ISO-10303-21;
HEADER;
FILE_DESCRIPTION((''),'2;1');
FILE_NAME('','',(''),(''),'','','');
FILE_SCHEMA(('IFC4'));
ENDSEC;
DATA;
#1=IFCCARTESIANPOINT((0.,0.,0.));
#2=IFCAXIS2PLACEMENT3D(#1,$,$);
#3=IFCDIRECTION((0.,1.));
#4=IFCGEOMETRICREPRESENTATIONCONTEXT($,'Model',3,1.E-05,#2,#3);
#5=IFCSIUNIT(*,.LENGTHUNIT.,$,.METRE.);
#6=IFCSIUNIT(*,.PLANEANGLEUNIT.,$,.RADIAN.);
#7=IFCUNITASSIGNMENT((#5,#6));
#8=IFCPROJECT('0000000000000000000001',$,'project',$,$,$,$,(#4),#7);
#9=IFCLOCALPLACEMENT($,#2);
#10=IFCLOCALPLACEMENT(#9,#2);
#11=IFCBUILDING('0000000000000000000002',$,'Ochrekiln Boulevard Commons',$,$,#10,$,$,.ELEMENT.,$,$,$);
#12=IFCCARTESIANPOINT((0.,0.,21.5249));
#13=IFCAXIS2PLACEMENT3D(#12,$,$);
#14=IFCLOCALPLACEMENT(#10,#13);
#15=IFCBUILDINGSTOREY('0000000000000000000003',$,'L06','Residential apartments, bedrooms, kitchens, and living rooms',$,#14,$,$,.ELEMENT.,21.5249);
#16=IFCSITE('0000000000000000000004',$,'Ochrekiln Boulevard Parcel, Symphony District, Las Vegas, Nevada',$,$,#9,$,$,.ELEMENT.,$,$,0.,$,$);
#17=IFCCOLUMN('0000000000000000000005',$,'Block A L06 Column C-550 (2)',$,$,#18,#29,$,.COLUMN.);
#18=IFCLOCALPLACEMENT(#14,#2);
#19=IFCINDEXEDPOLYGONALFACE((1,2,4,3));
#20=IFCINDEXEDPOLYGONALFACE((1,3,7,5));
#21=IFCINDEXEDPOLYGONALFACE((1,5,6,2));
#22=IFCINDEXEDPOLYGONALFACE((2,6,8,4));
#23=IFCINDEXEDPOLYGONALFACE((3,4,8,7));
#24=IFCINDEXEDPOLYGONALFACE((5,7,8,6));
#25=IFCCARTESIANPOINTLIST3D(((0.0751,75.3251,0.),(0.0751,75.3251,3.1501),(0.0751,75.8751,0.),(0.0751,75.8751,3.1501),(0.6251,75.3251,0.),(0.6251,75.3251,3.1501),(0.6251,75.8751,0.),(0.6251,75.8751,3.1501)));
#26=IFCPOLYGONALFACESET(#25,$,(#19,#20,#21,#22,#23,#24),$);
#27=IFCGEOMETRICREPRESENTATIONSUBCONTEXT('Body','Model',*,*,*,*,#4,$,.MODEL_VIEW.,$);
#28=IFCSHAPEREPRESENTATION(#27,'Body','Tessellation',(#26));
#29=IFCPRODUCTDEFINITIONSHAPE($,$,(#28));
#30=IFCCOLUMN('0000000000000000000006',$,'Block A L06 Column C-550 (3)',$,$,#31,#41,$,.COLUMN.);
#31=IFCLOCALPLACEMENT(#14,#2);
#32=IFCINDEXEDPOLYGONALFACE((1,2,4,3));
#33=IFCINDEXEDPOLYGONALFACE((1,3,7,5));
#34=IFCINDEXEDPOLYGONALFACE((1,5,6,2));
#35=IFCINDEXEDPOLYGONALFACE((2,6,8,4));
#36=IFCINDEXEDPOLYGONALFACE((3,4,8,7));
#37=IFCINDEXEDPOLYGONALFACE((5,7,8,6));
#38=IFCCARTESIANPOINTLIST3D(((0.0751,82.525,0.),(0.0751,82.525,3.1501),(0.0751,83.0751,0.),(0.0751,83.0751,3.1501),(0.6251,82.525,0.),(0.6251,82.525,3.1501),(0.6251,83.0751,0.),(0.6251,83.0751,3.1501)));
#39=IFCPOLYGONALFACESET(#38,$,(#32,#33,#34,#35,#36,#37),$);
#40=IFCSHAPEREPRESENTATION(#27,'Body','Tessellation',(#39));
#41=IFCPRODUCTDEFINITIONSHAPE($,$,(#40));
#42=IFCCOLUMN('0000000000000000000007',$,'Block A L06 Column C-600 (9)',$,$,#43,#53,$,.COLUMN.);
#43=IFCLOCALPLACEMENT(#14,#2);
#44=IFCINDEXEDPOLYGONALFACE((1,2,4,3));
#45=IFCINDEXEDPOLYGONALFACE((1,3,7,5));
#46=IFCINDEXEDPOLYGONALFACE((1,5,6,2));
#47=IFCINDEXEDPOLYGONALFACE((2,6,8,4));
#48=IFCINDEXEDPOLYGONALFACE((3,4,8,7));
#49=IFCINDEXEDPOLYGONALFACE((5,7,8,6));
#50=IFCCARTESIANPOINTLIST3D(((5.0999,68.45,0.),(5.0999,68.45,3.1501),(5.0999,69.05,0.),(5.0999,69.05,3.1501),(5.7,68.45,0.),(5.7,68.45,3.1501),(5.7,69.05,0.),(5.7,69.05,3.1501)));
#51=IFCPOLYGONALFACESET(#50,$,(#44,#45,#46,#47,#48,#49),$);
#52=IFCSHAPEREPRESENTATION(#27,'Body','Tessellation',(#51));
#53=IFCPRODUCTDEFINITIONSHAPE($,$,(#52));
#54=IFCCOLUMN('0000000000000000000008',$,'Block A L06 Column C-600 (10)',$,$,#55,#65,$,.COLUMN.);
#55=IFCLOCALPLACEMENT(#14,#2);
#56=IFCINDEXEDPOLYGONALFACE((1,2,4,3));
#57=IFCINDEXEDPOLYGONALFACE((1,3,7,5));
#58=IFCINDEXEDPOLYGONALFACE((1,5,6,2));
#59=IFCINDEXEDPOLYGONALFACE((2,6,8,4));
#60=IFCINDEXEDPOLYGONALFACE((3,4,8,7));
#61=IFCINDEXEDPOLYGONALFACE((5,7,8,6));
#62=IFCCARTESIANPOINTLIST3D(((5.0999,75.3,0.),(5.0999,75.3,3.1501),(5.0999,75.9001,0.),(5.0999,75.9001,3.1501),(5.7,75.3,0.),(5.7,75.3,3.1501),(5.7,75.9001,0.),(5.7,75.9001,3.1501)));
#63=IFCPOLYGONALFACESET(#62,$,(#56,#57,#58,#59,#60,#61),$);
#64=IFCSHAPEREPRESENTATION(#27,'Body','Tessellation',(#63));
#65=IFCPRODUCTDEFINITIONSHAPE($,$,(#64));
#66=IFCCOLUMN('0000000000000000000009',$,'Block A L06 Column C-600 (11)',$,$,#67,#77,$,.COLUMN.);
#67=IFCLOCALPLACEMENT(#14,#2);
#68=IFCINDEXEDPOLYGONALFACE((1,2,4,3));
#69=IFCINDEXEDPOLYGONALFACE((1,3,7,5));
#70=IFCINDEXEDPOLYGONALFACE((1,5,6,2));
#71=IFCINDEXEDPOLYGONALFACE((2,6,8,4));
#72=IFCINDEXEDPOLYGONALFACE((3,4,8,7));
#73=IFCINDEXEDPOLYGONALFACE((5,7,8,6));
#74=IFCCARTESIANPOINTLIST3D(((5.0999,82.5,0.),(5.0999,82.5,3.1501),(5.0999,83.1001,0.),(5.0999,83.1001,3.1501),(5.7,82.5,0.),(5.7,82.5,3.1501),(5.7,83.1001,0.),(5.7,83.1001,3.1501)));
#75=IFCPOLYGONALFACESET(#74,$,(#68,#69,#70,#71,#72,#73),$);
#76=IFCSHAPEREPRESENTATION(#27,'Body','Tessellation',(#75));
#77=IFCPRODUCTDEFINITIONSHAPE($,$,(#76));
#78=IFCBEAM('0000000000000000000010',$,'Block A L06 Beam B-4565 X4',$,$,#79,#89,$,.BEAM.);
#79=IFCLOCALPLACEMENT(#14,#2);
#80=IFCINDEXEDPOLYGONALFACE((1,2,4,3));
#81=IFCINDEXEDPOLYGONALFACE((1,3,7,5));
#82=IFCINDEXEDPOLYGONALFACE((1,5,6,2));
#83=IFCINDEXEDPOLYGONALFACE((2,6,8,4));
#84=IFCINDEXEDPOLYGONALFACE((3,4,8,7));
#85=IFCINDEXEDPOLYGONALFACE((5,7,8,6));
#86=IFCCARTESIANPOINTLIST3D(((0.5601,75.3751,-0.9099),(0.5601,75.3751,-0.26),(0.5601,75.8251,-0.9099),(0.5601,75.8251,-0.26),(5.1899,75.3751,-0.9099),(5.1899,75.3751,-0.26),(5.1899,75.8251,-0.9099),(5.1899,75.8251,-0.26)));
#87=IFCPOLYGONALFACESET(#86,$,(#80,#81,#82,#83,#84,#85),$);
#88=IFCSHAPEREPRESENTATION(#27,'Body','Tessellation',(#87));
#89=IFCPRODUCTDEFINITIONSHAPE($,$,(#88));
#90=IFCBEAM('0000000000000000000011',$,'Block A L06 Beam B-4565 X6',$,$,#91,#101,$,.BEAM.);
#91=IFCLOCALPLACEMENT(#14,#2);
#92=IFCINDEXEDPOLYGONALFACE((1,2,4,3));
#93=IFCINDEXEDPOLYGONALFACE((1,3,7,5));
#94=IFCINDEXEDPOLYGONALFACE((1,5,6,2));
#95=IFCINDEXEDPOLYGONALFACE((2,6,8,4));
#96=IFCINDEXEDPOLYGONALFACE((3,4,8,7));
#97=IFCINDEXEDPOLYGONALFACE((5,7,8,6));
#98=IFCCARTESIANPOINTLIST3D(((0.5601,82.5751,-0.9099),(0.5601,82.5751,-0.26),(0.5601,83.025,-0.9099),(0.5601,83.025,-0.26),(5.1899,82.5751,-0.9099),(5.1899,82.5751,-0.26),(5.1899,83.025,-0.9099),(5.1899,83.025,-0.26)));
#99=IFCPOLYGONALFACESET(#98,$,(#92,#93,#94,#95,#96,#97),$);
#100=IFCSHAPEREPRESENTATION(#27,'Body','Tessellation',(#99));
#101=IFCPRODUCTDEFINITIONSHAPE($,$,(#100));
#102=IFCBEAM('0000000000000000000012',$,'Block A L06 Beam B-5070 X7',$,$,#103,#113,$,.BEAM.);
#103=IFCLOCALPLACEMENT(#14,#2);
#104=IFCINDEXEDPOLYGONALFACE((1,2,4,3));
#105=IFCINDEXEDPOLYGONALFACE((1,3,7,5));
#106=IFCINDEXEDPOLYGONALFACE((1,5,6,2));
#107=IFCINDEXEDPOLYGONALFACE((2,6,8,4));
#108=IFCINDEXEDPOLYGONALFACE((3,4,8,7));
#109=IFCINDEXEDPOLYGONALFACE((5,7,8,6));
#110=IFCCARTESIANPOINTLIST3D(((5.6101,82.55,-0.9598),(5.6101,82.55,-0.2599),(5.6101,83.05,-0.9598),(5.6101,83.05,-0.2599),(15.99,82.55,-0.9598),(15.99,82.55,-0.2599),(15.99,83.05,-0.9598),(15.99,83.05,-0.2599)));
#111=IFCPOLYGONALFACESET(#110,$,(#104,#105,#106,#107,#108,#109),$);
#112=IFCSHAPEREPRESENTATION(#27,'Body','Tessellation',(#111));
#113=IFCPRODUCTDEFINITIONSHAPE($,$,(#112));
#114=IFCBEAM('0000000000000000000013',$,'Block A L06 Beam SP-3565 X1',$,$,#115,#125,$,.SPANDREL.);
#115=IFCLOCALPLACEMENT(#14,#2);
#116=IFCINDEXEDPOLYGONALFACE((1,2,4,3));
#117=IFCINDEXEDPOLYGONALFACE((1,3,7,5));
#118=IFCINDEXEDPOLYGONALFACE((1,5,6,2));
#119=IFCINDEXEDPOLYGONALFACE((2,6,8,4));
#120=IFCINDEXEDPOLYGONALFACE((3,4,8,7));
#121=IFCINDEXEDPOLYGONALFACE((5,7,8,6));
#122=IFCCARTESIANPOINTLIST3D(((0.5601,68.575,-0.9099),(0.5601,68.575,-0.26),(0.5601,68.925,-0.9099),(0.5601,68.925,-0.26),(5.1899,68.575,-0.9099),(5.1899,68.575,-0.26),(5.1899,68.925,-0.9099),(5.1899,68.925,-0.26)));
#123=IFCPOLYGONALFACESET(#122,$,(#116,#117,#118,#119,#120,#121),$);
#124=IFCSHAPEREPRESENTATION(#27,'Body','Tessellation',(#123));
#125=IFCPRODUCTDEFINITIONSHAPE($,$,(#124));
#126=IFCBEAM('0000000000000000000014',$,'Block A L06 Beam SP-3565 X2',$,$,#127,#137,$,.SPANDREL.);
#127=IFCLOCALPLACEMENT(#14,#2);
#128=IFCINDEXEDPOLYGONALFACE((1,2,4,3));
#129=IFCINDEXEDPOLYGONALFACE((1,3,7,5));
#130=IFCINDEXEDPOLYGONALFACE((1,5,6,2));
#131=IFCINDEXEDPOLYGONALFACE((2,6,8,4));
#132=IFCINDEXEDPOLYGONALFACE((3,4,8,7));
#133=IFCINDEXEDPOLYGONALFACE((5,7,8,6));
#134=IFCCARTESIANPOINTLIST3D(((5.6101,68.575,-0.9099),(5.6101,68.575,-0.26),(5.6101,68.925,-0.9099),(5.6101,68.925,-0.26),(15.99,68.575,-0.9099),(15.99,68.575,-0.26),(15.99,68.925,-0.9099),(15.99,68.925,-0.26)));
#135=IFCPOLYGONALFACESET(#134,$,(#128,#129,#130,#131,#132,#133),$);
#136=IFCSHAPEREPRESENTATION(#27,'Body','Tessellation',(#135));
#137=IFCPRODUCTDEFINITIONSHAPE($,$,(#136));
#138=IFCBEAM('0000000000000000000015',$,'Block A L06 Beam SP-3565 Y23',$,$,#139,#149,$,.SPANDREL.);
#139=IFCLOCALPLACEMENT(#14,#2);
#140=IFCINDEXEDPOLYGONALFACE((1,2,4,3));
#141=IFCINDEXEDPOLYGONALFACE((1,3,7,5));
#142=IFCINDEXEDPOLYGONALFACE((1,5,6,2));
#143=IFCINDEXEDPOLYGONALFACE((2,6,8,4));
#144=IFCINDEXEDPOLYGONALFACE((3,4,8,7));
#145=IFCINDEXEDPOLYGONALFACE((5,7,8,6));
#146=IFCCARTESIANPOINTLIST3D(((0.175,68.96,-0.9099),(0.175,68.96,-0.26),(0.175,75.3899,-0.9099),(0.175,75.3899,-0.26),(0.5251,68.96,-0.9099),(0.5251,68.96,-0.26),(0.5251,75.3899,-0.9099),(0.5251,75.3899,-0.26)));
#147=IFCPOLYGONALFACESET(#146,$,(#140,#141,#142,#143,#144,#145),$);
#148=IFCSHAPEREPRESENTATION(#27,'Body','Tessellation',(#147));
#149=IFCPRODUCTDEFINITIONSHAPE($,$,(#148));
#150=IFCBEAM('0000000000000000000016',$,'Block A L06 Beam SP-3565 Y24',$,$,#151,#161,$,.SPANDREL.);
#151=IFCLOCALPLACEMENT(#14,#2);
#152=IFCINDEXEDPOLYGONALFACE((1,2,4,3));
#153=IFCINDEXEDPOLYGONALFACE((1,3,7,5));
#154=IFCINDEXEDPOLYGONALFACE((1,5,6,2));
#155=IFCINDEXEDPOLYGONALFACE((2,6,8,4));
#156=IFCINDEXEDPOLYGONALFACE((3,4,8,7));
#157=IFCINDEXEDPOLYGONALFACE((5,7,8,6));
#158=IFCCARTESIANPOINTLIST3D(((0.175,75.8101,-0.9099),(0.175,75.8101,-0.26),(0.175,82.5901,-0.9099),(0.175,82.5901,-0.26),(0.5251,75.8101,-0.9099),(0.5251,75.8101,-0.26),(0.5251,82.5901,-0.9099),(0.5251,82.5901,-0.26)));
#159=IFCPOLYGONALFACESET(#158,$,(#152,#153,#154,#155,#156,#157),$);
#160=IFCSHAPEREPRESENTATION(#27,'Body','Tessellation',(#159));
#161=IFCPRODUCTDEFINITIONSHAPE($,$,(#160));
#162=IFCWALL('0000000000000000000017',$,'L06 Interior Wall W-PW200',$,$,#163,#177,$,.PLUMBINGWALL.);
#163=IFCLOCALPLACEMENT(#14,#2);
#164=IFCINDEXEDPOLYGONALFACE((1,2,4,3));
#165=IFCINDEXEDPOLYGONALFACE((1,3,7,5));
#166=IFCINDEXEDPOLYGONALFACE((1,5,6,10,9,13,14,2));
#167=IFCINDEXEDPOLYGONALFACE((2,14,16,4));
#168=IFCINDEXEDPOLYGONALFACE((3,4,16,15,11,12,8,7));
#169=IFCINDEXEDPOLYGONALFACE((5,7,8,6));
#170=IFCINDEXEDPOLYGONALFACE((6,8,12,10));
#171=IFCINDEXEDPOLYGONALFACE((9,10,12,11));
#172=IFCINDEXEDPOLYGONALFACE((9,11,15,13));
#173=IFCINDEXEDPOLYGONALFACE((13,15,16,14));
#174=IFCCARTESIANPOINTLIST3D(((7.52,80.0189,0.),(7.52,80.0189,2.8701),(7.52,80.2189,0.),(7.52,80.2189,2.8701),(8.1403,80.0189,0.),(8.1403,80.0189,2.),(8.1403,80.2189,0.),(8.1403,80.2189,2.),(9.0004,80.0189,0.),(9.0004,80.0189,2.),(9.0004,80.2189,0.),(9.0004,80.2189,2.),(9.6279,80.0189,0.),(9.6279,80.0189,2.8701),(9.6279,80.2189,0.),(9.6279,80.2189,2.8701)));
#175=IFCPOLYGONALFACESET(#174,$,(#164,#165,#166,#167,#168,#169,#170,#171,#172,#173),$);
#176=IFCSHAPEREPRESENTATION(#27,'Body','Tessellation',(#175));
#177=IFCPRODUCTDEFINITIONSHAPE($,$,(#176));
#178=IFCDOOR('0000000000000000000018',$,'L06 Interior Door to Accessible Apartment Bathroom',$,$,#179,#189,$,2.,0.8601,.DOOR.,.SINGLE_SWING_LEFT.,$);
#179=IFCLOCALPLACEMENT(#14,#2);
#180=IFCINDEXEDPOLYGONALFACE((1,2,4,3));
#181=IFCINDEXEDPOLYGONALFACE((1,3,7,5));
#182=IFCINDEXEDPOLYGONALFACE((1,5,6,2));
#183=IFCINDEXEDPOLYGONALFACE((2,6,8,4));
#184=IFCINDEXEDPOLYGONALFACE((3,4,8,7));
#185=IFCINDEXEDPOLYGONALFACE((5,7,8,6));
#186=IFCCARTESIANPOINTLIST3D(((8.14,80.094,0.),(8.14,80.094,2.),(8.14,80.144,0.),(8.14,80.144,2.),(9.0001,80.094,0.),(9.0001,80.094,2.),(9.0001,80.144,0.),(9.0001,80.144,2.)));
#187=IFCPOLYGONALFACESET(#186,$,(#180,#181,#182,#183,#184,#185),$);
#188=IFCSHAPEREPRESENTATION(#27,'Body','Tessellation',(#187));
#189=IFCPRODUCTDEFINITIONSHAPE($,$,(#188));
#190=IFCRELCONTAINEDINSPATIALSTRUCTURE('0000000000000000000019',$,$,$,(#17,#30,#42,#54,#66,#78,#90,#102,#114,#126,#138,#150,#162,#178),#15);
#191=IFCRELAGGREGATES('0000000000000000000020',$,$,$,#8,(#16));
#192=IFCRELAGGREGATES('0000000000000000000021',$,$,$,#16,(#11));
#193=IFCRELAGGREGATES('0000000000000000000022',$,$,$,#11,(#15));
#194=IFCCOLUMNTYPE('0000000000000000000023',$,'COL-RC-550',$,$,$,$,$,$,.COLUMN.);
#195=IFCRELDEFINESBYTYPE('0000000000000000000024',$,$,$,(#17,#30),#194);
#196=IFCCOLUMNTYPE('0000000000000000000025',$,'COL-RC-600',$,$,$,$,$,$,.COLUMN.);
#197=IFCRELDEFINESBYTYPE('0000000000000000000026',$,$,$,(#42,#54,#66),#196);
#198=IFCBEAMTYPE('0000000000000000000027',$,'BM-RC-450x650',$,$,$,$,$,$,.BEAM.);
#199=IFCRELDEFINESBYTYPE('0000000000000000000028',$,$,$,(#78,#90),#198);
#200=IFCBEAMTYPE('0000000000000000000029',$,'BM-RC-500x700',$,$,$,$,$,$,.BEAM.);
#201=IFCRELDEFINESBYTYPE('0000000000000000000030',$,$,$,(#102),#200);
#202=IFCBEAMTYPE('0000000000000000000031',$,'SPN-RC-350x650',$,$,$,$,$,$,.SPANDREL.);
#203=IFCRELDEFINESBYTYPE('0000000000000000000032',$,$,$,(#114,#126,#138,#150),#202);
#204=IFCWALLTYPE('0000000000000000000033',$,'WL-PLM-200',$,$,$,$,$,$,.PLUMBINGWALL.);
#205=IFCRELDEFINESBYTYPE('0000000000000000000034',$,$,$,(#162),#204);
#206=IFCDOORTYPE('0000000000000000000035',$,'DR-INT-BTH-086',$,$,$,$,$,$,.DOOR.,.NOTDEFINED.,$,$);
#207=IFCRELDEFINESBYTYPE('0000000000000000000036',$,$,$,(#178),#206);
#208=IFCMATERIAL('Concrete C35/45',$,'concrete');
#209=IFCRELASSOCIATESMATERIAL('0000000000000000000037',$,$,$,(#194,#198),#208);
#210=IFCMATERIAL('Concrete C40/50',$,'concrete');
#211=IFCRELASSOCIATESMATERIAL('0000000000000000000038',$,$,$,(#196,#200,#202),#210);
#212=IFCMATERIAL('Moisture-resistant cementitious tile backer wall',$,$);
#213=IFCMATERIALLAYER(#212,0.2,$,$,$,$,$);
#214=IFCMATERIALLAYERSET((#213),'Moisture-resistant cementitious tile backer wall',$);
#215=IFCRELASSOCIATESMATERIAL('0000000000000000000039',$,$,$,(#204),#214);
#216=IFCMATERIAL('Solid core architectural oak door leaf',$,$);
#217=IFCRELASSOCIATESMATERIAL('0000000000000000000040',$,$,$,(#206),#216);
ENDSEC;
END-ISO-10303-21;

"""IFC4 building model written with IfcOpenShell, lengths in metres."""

from ifc_helpers import new_model, si_unit, direction, frame, frame_2d, origin, origin_2d, place, context, subcontext, project, spatial, rectangle, extrude, material, layer, layer_set, material_profile, profile_set, type_object, element, fill, save


model = new_model("IFC4")

# Units and contexts
model_context = context("Model", 3, precision=1e-05, world=origin(), true_north=direction((0.0, 1.0)))
body_context = subcontext(model_context, "Body", "Model", "MODEL_VIEW")
ifc_project = project(units=[si_unit("LENGTHUNIT", "METRE"), si_unit("PLANEANGLEUNIT", "RADIAN")], contexts=[model_context])

# Site, building, storey
site_placement = place(None, origin())
site = spatial("IfcSite", under=ifc_project, at=site_placement, Name="Ochrekiln Boulevard Parcel, Symphony District, Las Vegas, Nevada", CompositionType="ELEMENT", RefElevation=0.0)
building_placement = place(site_placement, origin())
building = spatial("IfcBuilding", under=site, at=building_placement, Name="Ochrekiln Boulevard Commons", CompositionType="ELEMENT")
storey_placement = place(building_placement, frame((0.0, 0.0, 21.5249)))
storey = spatial("IfcBuildingStorey", under=building, at=storey_placement, Name="L06", Description="Residential apartments, bedrooms, kitchens, and living rooms", CompositionType="ELEMENT", Elevation=21.5249)

# Columns
ifc_material_1 = material(Name="Concrete C35/45", Category="concrete")
ifc_material_profile_1 = material_profile(ifc_material_1, rectangle(XDim=0.55, YDim=0.55, at=origin_2d()), Name="RC-COL-550x550")
ifc_profile_set_1 = profile_set([ifc_material_profile_1], Name="Concrete C35/45")
column_type_1 = type_object("IfcColumnType", Name="COL-RC-550", PredefinedType="COLUMN", material=ifc_profile_set_1)
for number, where, z_axis, x_axis, name in (
    (1, (0.3501, 75.6001, 0.0), (0.0, 0.0, 1.0), (1.0, 0.0, 0.0), "Block A L06 Column C-550 (2)"),
    (2, (0.3501, 82.8, 0.0), (0.0, 0.0, 1.0), (1.0, 0.0, 0.0), "Block A L06 Column C-550 (3)"),
):
    element("IfcColumn", number, at=place(storey_placement, frame(where, z_axis=z_axis, x_axis=x_axis)), inside=storey, type_object=column_type_1, Name=name, PredefinedType="COLUMN", context=body_context, shape_type="SweptSolid", body=[
        extrude(rectangle(XDim=0.55, YDim=0.55, at=origin_2d()), origin(), (0.0, 0.0, 1.0), 3.1501),
    ])
ifc_material_2 = material(Name="Concrete C40/50", Category="concrete")
ifc_material_profile_2 = material_profile(ifc_material_2, rectangle(XDim=0.6001, YDim=0.6001, at=origin_2d()), Name="RC-COL-600x600")
ifc_profile_set_2 = profile_set([ifc_material_profile_2], Name="Concrete C40/50")
column_type_2 = type_object("IfcColumnType", Name="COL-RC-600", PredefinedType="COLUMN", material=ifc_profile_set_2)
for number, where, z_axis, x_axis, name in (
    (3, (5.3999, 68.75, 0.0), (0.0, 0.0, 1.0), (1.0, 0.0, 0.0), "Block A L06 Column C-600 (9)"),
    (4, (5.3999, 75.6001, 0.0), (0.0, 0.0, 1.0), (1.0, 0.0, 0.0), "Block A L06 Column C-600 (10)"),
    (5, (5.3999, 82.8, 0.0), (0.0, 0.0, 1.0), (1.0, 0.0, 0.0), "Block A L06 Column C-600 (11)"),
):
    element("IfcColumn", number, at=place(storey_placement, frame(where, z_axis=z_axis, x_axis=x_axis)), inside=storey, type_object=column_type_2, Name=name, PredefinedType="COLUMN", context=body_context, shape_type="SweptSolid", body=[
        extrude(rectangle(XDim=0.6001, YDim=0.6001, at=origin_2d()), origin(), (0.0, 0.0, 1.0), 3.1501),
    ])

# Beams
ifc_material_profile_3 = material_profile(ifc_material_1, rectangle(XDim=0.45, YDim=0.6499, at=origin_2d()), Name="RC-BM-450x650")
ifc_profile_set_3 = profile_set([ifc_material_profile_3], Name="Concrete C35/45")
beam_type_1 = type_object("IfcBeamType", Name="BM-RC-450x650", PredefinedType="BEAM", material=ifc_profile_set_3)
for number, where, z_axis, x_axis, name in (
    (6, (0.5601, 75.6001, -0.585), (1.0, 0.0, 0.0), (0.0, 1.0, 0.0), "Block A L06 Beam B-4565 X4"),
    (7, (0.5601, 82.8, -0.585), (1.0, 0.0, 0.0), (0.0, 1.0, 0.0), "Block A L06 Beam B-4565 X6"),
):
    element("IfcBeam", number, at=place(storey_placement, frame(where, z_axis=z_axis, x_axis=x_axis)), inside=storey, type_object=beam_type_1, Name=name, PredefinedType="BEAM", context=body_context, shape_type="SweptSolid", body=[
        extrude(rectangle(XDim=0.45, YDim=0.6499, at=origin_2d()), origin(), (0.0, 0.0, 1.0), 4.6299),
    ])
ifc_material_profile_4 = material_profile(ifc_material_2, rectangle(XDim=0.5, YDim=0.7, at=origin_2d()), Name="RC-BM-500x700")
ifc_profile_set_4 = profile_set([ifc_material_profile_4], Name="Concrete C40/50")
beam_type_2 = type_object("IfcBeamType", Name="BM-RC-500x700", PredefinedType="BEAM", material=ifc_profile_set_4)
beam_1_placement = place(storey_placement, frame((5.6101, 82.8, -0.6099), z_axis=(1.0, 0.0, 0.0), x_axis=(0.0, 1.0, 0.0)))
element("IfcBeam", 8, at=beam_1_placement, inside=storey, type_object=beam_type_2, Name="Block A L06 Beam B-5070 X7", PredefinedType="BEAM", context=body_context, shape_type="SweptSolid", body=[
    extrude(rectangle(XDim=0.5, YDim=0.7, at=origin_2d()), origin(), (0.0, 0.0, 1.0), 10.3799),
])
ifc_material_profile_5 = material_profile(ifc_material_2, rectangle(XDim=0.3501, YDim=0.6499, at=origin_2d()), Name="RC-SPN-350x650")
ifc_profile_set_5 = profile_set([ifc_material_profile_5], Name="Concrete C40/50")
beam_type_3 = type_object("IfcBeamType", Name="SPN-RC-350x650", PredefinedType="SPANDREL", material=ifc_profile_set_5)
beam_2_placement = place(storey_placement, frame((0.5601, 68.75, -0.585), z_axis=(1.0, 0.0, 0.0), x_axis=(0.0, 1.0, 0.0)))
element("IfcBeam", 9, at=beam_2_placement, inside=storey, type_object=beam_type_3, Name="Block A L06 Beam SP-3565 X1", PredefinedType="SPANDREL", context=body_context, shape_type="SweptSolid", body=[
    extrude(rectangle(XDim=0.3501, YDim=0.6499, at=origin_2d()), origin(), (0.0, 0.0, 1.0), 4.6299),
])
beam_3_placement = place(storey_placement, frame((5.6101, 68.75, -0.585), z_axis=(1.0, 0.0, 0.0), x_axis=(0.0, 1.0, 0.0)))
element("IfcBeam", 10, at=beam_3_placement, inside=storey, type_object=beam_type_3, Name="Block A L06 Beam SP-3565 X2", PredefinedType="SPANDREL", context=body_context, shape_type="SweptSolid", body=[
    extrude(rectangle(XDim=0.3501, YDim=0.6499, at=origin_2d()), origin(), (0.0, 0.0, 1.0), 10.3799),
])
beam_4_placement = place(storey_placement, frame((0.3501, 68.96, -0.585), z_axis=(0.0, 1.0, 0.0), x_axis=(-1.0, 0.0, 0.0)))
element("IfcBeam", 11, at=beam_4_placement, inside=storey, type_object=beam_type_3, Name="Block A L06 Beam SP-3565 Y23", PredefinedType="SPANDREL", context=body_context, shape_type="SweptSolid", body=[
    extrude(rectangle(XDim=0.3501, YDim=0.6499, at=origin_2d()), origin(), (0.0, 0.0, 1.0), 6.4299),
])
beam_5_placement = place(storey_placement, frame((0.3501, 75.8101, -0.585), z_axis=(0.0, 1.0, 0.0), x_axis=(-1.0, 0.0, 0.0)))
element("IfcBeam", 12, at=beam_5_placement, inside=storey, type_object=beam_type_3, Name="Block A L06 Beam SP-3565 Y24", PredefinedType="SPANDREL", context=body_context, shape_type="SweptSolid", body=[
    extrude(rectangle(XDim=0.3501, YDim=0.6499, at=origin_2d()), origin(), (0.0, 0.0, 1.0), 6.78),
])

# Wall, opening, door
ifc_material_3 = material(Name="Moisture-resistant cementitious tile backer wall")
ifc_layer_1 = layer(ifc_material_3, 0.2)
ifc_layer_set_1 = layer_set([ifc_layer_1], Name="Moisture-resistant cementitious tile backer wall")
wall_type_1 = type_object("IfcWallType", Name="WL-PLM-200", PredefinedType="PLUMBINGWALL", material=ifc_layer_set_1)
wall_1_placement = place(storey_placement, frame((7.52, 80.1189, 0.0), z_axis=(0.0, 0.0, 1.0), x_axis=(1.0, 0.0, 0.0)))
wall_1 = element("IfcWall", 13, at=wall_1_placement, inside=storey, type_object=wall_type_1, Name="L06 Interior Wall W-PW200", PredefinedType="PLUMBINGWALL", context=body_context, shape_type="SweptSolid", body=[
    extrude(rectangle(XDim=2.1079, YDim=0.2, at=frame_2d((1.054, 0.0))), origin(), (0.0, 0.0, 1.0), 2.8701),
])
opening_1_placement = place(wall_1_placement, frame((0.6201, 0.0, 0.0)))
opening_1 = element("IfcOpeningElement", 14, at=opening_1_placement, cuts=wall_1, PredefinedType="OPENING", context=body_context, shape_type="SweptSolid", body=[
    extrude(rectangle(XDim=0.8601, YDim=2.0, at=frame_2d((0.4302, 1.0))), frame((0.0, 0.1099, 0.0), z_axis=(0.0, -1.0, 0.0), x_axis=(1.0, 0.0, 0.0)), (0.0, 0.0, 1.0), 0.22),
])
ifc_material_4 = material(Name="Solid core architectural oak door leaf")
door_type_1 = type_object("IfcDoorType", Name="DR-INT-BTH-086", OperationType="NOTDEFINED", PredefinedType="DOOR", material=ifc_material_4)
door_1_placement = place(opening_1_placement, frame((0.8601, 0.0, 0.0), z_axis=(0.0, 0.0, 1.0), x_axis=(-1.0, 0.0, 0.0)))
door_1 = element("IfcDoor", 15, at=door_1_placement, inside=storey, type_object=door_type_1, Name="L06 Interior Door to Accessible Apartment Bathroom", OperationType="SINGLE_SWING_LEFT", OverallHeight=2.0, OverallWidth=0.8601, PredefinedType="DOOR", context=body_context, shape_type="SweptSolid", body=[
    extrude(rectangle(XDim=0.8601, YDim=2.0, at=frame_2d((0.4302, 1.0))), frame((0.0, 0.0249, 0.0), z_axis=(0.0, -1.0, 0.0), x_axis=(1.0, 0.0, 0.0)), (0.0, 0.0, 1.0), 0.05),
])
fill(opening_1, door_1)

save(model, "model.ifc")
